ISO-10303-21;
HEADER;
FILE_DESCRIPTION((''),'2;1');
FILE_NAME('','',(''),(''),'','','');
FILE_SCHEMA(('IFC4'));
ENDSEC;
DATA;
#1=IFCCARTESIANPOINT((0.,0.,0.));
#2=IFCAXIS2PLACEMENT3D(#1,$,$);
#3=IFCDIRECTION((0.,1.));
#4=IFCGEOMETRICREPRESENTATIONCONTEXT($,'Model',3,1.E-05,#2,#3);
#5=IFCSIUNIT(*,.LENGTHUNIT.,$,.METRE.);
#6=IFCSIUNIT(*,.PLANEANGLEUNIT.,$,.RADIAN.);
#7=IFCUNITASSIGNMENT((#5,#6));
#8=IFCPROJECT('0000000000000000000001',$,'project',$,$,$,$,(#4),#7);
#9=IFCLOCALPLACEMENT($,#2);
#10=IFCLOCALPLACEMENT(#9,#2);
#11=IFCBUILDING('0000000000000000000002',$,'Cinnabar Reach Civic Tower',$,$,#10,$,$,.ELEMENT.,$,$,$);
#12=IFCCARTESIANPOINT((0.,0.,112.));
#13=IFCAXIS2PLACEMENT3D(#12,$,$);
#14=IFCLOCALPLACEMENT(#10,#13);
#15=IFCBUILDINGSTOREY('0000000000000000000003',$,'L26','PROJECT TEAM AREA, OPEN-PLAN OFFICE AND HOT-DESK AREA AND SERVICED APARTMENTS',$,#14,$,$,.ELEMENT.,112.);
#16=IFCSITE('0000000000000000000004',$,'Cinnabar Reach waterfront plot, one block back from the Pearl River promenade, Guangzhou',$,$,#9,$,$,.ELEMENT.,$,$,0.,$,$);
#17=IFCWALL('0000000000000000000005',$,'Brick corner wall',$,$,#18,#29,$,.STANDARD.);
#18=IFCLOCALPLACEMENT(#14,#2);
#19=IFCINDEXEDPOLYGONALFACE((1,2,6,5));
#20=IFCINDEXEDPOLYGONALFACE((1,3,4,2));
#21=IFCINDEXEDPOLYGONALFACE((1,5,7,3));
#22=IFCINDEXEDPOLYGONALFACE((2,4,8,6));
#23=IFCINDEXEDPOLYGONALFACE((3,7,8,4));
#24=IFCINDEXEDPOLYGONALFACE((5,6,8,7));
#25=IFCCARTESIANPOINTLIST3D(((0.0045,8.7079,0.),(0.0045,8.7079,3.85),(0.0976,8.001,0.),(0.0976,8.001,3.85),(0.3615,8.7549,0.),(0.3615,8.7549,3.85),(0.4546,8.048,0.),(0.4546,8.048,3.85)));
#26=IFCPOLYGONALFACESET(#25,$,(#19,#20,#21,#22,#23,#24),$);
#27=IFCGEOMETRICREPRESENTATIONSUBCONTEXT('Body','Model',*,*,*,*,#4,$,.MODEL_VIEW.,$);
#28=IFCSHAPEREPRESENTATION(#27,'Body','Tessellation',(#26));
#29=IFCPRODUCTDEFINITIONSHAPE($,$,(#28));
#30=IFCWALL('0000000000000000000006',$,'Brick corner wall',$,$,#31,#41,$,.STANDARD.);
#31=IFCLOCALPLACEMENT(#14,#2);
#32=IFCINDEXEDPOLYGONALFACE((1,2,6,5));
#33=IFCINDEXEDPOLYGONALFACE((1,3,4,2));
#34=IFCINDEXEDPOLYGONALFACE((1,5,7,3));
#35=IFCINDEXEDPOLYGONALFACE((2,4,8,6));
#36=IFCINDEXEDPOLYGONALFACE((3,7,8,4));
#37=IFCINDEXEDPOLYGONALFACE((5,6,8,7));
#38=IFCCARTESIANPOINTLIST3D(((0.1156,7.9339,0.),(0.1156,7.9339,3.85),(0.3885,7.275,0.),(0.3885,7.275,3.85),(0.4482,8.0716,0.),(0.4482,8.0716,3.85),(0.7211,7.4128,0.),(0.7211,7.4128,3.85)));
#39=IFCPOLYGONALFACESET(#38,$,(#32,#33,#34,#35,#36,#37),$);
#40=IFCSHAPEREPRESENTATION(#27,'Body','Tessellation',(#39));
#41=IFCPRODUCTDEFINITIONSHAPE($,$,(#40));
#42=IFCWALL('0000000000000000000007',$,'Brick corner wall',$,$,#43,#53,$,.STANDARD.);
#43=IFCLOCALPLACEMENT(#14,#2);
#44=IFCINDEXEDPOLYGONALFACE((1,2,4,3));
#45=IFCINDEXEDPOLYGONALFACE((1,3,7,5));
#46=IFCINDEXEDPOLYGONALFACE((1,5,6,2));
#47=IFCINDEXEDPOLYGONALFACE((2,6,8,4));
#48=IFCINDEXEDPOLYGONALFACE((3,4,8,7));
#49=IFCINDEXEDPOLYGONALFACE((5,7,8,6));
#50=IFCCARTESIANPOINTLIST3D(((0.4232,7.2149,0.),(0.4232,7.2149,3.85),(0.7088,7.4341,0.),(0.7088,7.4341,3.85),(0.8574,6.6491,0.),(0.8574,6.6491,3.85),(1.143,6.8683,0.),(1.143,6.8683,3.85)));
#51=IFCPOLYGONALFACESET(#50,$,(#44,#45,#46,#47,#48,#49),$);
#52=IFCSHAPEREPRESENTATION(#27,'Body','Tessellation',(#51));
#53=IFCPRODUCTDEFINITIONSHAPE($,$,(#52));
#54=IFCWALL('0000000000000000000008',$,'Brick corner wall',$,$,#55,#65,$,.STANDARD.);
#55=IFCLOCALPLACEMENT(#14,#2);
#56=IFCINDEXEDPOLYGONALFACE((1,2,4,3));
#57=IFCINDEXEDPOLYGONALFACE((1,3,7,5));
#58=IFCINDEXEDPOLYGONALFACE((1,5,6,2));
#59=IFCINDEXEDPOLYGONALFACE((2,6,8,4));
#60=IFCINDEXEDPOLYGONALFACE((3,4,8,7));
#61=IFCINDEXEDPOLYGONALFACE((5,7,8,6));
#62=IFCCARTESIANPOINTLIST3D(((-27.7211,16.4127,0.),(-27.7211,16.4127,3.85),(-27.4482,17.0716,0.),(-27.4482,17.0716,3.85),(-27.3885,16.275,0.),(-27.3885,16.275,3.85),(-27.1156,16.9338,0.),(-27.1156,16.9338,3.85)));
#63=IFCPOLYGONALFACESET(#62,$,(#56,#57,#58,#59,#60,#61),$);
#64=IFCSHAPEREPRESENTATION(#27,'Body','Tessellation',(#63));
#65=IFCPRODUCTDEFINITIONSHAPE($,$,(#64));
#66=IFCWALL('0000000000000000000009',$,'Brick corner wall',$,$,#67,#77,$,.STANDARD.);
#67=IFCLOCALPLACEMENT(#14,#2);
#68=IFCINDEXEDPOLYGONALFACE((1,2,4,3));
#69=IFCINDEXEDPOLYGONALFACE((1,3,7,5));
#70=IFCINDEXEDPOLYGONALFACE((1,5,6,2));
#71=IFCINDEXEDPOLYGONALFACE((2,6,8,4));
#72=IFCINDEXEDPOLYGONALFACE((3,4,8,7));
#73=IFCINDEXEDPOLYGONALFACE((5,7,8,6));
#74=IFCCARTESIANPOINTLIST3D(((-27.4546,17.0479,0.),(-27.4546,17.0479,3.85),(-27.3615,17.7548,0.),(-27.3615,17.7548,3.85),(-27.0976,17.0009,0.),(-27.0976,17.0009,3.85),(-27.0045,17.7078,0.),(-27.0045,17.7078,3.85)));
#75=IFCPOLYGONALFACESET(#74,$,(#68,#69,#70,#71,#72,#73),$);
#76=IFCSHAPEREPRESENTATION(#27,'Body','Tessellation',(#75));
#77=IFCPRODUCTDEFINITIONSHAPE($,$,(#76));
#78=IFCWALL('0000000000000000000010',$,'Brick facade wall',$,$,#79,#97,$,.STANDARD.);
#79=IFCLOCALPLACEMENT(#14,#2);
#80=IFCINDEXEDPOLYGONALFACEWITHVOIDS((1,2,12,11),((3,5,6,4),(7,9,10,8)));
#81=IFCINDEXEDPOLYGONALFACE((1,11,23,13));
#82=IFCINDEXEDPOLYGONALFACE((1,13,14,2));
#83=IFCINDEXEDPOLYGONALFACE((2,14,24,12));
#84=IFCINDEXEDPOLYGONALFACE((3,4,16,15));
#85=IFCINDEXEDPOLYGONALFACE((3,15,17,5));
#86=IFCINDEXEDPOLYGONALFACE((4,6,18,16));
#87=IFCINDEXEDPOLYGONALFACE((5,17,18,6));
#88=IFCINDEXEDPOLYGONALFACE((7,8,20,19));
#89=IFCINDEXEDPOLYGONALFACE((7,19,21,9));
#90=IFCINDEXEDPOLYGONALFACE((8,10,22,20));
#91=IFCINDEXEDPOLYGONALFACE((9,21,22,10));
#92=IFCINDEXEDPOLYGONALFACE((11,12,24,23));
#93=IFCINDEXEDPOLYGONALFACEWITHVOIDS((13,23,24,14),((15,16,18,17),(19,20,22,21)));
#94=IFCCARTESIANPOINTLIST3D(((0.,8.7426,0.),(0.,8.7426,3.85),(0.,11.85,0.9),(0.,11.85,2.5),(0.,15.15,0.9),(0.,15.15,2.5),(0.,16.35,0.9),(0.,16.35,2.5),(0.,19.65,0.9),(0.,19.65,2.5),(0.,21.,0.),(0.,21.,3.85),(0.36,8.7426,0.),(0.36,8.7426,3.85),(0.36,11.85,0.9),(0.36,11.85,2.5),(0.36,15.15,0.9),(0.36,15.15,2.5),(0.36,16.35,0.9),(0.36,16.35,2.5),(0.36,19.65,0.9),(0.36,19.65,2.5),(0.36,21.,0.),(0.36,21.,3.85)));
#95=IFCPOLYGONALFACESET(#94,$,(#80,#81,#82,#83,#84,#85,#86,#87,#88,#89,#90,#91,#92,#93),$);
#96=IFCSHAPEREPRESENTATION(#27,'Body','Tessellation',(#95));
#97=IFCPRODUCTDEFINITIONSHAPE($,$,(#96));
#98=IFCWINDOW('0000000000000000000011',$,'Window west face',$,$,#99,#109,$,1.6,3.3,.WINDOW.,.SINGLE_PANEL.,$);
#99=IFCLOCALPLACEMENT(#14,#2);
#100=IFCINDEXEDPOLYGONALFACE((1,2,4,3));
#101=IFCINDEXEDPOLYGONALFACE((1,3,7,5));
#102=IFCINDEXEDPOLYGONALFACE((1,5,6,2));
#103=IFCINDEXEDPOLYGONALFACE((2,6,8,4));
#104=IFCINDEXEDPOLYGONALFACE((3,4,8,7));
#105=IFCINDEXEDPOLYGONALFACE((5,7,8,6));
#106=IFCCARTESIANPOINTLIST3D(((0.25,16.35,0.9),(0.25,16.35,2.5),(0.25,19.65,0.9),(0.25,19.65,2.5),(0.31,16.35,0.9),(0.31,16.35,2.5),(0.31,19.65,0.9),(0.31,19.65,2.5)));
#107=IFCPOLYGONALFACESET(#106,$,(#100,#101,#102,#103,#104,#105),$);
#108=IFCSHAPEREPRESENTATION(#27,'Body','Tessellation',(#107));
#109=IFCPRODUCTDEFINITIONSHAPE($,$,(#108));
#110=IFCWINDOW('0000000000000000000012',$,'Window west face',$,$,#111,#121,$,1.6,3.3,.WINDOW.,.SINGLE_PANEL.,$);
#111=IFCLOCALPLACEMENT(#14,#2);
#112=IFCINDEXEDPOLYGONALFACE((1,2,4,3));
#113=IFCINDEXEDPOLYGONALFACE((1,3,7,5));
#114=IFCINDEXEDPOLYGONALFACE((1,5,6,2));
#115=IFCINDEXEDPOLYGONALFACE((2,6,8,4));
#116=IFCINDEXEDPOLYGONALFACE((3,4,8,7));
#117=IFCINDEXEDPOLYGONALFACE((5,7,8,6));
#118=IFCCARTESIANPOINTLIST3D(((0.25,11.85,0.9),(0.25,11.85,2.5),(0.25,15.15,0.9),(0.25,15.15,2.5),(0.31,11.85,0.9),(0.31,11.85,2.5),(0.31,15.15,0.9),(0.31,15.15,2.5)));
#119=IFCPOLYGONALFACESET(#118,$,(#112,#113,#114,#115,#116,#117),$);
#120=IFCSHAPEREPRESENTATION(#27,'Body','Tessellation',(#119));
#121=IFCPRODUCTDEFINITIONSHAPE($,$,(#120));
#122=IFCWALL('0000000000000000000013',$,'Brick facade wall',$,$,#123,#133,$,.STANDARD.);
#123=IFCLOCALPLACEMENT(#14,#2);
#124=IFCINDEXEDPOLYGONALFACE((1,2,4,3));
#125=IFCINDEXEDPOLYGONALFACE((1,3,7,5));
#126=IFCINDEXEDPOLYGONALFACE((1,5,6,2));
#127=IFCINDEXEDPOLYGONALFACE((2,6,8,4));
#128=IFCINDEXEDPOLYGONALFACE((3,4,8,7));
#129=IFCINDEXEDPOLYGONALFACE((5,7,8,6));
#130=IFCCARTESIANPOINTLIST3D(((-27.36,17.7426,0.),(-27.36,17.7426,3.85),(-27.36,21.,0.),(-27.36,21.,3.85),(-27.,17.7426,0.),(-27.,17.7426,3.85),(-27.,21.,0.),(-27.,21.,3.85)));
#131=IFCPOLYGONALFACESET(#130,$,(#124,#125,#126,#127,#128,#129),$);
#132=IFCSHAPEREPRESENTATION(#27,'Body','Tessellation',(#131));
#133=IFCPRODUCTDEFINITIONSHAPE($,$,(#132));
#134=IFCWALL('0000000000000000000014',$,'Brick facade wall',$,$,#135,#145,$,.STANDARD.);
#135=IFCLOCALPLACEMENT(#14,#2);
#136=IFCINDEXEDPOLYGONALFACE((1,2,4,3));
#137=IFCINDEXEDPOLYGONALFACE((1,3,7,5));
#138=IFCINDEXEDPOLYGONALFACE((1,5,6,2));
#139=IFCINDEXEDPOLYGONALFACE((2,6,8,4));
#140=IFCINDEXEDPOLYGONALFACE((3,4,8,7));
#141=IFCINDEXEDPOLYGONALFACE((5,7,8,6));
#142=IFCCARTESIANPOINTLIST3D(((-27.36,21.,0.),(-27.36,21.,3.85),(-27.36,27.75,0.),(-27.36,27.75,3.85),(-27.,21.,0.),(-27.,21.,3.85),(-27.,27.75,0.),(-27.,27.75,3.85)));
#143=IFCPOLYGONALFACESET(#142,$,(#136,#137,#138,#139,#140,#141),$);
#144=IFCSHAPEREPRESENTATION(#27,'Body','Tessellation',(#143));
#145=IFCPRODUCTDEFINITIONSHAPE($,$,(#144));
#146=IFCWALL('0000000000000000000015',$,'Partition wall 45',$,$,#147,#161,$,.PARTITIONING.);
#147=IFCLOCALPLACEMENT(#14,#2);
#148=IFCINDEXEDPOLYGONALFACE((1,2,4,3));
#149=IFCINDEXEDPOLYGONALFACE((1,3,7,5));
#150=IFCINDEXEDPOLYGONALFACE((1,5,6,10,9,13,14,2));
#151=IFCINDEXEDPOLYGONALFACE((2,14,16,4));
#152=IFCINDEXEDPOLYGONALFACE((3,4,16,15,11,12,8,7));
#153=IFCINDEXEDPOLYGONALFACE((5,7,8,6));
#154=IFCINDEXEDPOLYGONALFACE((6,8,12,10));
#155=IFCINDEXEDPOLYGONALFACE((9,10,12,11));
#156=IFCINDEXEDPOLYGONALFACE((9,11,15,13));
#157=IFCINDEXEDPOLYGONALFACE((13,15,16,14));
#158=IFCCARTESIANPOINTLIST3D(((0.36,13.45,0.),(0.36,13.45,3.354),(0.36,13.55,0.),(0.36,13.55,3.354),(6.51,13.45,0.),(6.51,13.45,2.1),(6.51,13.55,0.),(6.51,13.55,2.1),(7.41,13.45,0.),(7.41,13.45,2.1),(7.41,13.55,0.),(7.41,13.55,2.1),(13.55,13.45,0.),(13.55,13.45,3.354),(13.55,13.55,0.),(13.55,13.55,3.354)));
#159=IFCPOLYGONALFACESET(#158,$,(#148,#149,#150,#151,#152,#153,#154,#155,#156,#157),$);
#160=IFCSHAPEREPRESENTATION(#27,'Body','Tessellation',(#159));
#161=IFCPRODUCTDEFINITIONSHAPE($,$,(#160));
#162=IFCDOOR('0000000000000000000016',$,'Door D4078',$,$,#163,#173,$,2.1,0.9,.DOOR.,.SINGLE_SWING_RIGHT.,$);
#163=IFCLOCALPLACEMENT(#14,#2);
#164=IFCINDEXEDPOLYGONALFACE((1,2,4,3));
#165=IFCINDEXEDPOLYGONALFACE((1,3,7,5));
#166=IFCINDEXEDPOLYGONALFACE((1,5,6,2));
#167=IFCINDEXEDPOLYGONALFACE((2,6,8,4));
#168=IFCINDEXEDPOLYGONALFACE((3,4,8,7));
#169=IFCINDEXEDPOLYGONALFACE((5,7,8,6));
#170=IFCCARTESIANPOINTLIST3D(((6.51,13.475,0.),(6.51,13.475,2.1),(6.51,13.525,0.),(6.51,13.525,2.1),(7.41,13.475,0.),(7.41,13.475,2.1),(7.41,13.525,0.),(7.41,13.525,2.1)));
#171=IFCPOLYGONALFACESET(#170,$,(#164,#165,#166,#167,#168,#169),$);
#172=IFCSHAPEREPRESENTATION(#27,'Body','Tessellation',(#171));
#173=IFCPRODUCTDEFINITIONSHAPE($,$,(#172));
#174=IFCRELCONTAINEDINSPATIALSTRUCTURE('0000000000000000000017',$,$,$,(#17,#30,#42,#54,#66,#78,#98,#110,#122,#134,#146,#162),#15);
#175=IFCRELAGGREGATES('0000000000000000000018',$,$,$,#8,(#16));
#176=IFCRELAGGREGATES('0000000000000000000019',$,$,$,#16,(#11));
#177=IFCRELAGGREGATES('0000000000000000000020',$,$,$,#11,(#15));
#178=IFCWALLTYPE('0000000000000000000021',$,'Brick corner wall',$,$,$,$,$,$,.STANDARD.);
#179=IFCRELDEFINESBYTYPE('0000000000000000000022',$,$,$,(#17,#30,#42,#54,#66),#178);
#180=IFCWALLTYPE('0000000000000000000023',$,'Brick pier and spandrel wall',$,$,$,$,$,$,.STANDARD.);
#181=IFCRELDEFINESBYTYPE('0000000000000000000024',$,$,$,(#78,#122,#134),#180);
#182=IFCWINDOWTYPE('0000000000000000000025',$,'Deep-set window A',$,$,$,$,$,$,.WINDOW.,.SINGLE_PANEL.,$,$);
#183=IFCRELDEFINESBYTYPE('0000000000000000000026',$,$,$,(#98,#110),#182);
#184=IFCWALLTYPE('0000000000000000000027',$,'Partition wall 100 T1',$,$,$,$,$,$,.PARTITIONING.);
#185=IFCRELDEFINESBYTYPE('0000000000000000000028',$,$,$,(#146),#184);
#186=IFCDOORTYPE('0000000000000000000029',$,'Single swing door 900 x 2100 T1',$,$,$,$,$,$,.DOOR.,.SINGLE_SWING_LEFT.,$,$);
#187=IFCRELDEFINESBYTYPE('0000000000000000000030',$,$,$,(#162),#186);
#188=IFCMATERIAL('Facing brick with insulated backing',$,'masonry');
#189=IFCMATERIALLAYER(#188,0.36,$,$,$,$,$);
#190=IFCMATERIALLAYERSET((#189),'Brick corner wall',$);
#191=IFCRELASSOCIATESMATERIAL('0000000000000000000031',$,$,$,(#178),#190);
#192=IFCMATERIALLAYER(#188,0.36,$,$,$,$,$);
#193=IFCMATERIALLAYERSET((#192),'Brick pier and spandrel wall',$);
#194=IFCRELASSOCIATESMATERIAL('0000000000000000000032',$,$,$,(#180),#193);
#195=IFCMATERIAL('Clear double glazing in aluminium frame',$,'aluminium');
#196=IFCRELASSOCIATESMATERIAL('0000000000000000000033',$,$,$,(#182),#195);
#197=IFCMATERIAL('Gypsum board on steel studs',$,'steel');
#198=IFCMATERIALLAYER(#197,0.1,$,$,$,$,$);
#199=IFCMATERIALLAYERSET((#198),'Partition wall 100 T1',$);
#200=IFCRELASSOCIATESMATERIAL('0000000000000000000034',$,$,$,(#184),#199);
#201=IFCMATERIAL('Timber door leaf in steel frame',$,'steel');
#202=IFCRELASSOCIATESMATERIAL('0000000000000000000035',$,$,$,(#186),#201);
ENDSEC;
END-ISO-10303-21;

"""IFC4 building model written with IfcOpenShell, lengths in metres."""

from ifc_helpers import new_model, si_unit, direction, frame, frame_2d, origin, place, context, subcontext, project, spatial, rectangle, extrude, material, layer, layer_set, type_object, element, fill, save


model = new_model("IFC4")

# Units and contexts
model_context = context("Model", 3, precision=1e-05, world=origin(), true_north=direction((0.0, 1.0)))
body_context = subcontext(model_context, "Body", "Model", "MODEL_VIEW")
ifc_project = project(units=[si_unit("LENGTHUNIT", "METRE"), si_unit("PLANEANGLEUNIT", "RADIAN")], contexts=[model_context])

# Site, building, storey
site_placement = place(None, origin())
site = spatial("IfcSite", under=ifc_project, at=site_placement, Name="Cinnabar Reach waterfront plot, one block back from the Pearl River promenade, Guangzhou", CompositionType="ELEMENT", RefElevation=0.0)
building_placement = place(site_placement, origin())
building = spatial("IfcBuilding", under=site, at=building_placement, Name="Cinnabar Reach Civic Tower", CompositionType="ELEMENT")
storey_placement = place(building_placement, frame((0.0, 0.0, 112.0)))
storey = spatial("IfcBuildingStorey", under=building, at=storey_placement, Name="L26", Description="PROJECT TEAM AREA, OPEN-PLAN OFFICE AND HOT-DESK AREA AND SERVICED APARTMENTS", CompositionType="ELEMENT", Elevation=112.0)

# Walls
ifc_material_1 = material(Name="Facing brick with insulated backing", Category="masonry")
ifc_layer_1 = layer(ifc_material_1, 0.36)
ifc_layer_set_1 = layer_set([ifc_layer_1], Name="Brick corner wall")
wall_type_1 = type_object("IfcWallType", Name="Brick corner wall", PredefinedType="STANDARD", material=ifc_layer_set_1)
for number, where, z_axis, x_axis, name in (
    (1, (0.183, 8.7314, 0.0), (0.0, 0.0, 1.0), (0.130556, -0.991441, 0.0), "Brick corner wall"),
    (2, (0.2819, 8.0027, 0.0), (0.0, 0.0, 1.0), (0.382703, -0.923872, 0.0), "Brick corner wall"),
):
    element("IfcWall", number, at=place(storey_placement, frame(where, z_axis=z_axis, x_axis=x_axis)), inside=storey, type_object=wall_type_1, Name=name, PredefinedType="STANDARD", context=body_context, shape_type="SweptSolid", body=[
        extrude(rectangle(XDim=0.7131, YDim=0.36, at=frame_2d((0.3565, 0.0))), origin(), (0.0, 0.0, 1.0), 3.85),
    ])
wall_1_placement = place(storey_placement, frame((0.566, 7.3245, 0.0), z_axis=(0.0, 0.0, 1.0), x_axis=(0.608802, -0.793322, 0.0)))
element("IfcWall", 3, at=wall_1_placement, inside=storey, type_object=wall_type_1, Name="Brick corner wall", PredefinedType="STANDARD", context=body_context, shape_type="SweptSolid", body=[
    extrude(rectangle(XDim=0.7132, YDim=0.36, at=frame_2d((0.3566, 0.0))), origin(), (0.0, 0.0, 1.0), 3.85),
])
for number, where, z_axis, x_axis, name in (
    (4, (-27.5548, 16.3439, 0.0), (0.0, 0.0, 1.0), (0.382703, 0.923872, 0.0), "Brick corner wall"),
    (5, (-27.2761, 17.0244, 0.0), (0.0, 0.0, 1.0), (0.130556, 0.991441, 0.0), "Brick corner wall"),
):
    element("IfcWall", number, at=place(storey_placement, frame(where, z_axis=z_axis, x_axis=x_axis)), inside=storey, type_object=wall_type_1, Name=name, PredefinedType="STANDARD", context=body_context, shape_type="SweptSolid", body=[
        extrude(rectangle(XDim=0.7131, YDim=0.36, at=frame_2d((0.3565, 0.0))), origin(), (0.0, 0.0, 1.0), 3.85),
    ])

# Wall, openings, windows
ifc_layer_2 = layer(ifc_material_1, 0.36)
ifc_layer_set_2 = layer_set([ifc_layer_2], Name="Brick pier and spandrel wall")
wall_type_2 = type_object("IfcWallType", Name="Brick pier and spandrel wall", PredefinedType="STANDARD", material=ifc_layer_set_2)
wall_2_placement = place(storey_placement, frame((0.18, 21.0, 0.0), z_axis=(0.0, 0.0, 1.0), x_axis=(0.0, -1.0, 0.0)))
wall_2 = element("IfcWall", 6, at=wall_2_placement, inside=storey, type_object=wall_type_2, Name="Brick facade wall", PredefinedType="STANDARD", context=body_context, shape_type="SweptSolid", body=[
    extrude(rectangle(XDim=12.2574, YDim=0.36, at=frame_2d((6.1287, 0.0))), origin(), (0.0, 0.0, 1.0), 3.85),
])
opening_1_placement = place(wall_2_placement, frame((1.35, 0.0, 0.9)))
opening_1 = element("IfcOpeningElement", 7, at=opening_1_placement, cuts=wall_2, PredefinedType="OPENING", context=body_context, shape_type="SweptSolid", body=[
    extrude(rectangle(XDim=3.3, YDim=1.6, at=frame_2d((1.65, 0.8))), frame((0.0, 0.19, 0.0), z_axis=(0.0, -1.0, 0.0), x_axis=(1.0, 0.0, 0.0)), (0.0, 0.0, 1.0), 0.38),
])
opening_2_placement = place(wall_2_placement, frame((5.85, 0.0, 0.9)))
opening_2 = element("IfcOpeningElement", 8, at=opening_2_placement, cuts=wall_2, PredefinedType="OPENING", context=body_context, shape_type="SweptSolid", body=[
    extrude(rectangle(XDim=3.3, YDim=1.6, at=frame_2d((1.65, 0.8))), frame((0.0, 0.19, 0.0), z_axis=(0.0, -1.0, 0.0), x_axis=(1.0, 0.0, 0.0)), (0.0, 0.0, 1.0), 0.38),
])
ifc_material_2 = material(Name="Clear double glazing in aluminium frame", Category="aluminium")
window_type = type_object("IfcWindowType", Name="Deep-set window A", PartitioningType="SINGLE_PANEL", PredefinedType="WINDOW", material=ifc_material_2)
window_1_placement = place(opening_1_placement, origin())
window_1 = element("IfcWindow", 9, at=window_1_placement, inside=storey, type_object=window_type, Name="Window west face", OverallHeight=1.6, OverallWidth=3.3, PartitioningType="SINGLE_PANEL", PredefinedType="WINDOW", context=body_context, shape_type="SweptSolid", body=[
    extrude(rectangle(XDim=3.3, YDim=1.6, at=frame_2d((1.65, 0.8))), frame((0.0, 0.13, 0.0), z_axis=(0.0, -1.0, 0.0), x_axis=(1.0, 0.0, 0.0)), (0.0, 0.0, 1.0), 0.06),
])
fill(opening_1, window_1)
window_2_placement = place(opening_2_placement, origin())
window_2 = element("IfcWindow", 10, at=window_2_placement, inside=storey, type_object=window_type, Name="Window west face", OverallHeight=1.6, OverallWidth=3.3, PartitioningType="SINGLE_PANEL", PredefinedType="WINDOW", context=body_context, shape_type="SweptSolid", body=[
    extrude(rectangle(XDim=3.3, YDim=1.6, at=frame_2d((1.65, 0.8))), frame((0.0, 0.13, 0.0), z_axis=(0.0, -1.0, 0.0), x_axis=(1.0, 0.0, 0.0)), (0.0, 0.0, 1.0), 0.06),
])
fill(opening_2, window_2)

# Walls
wall_3_placement = place(storey_placement, frame((-27.18, 17.7426, 0.0), z_axis=(0.0, 0.0, 1.0), x_axis=(0.0, 1.0, 0.0)))
element("IfcWall", 11, at=wall_3_placement, inside=storey, type_object=wall_type_2, Name="Brick facade wall", PredefinedType="STANDARD", context=body_context, shape_type="SweptSolid", body=[
    extrude(rectangle(XDim=3.2574, YDim=0.36, at=frame_2d((1.6287, 0.0))), origin(), (0.0, 0.0, 1.0), 3.85),
])
wall_4_placement = place(storey_placement, frame((-27.18, 21.0, 0.0), z_axis=(0.0, 0.0, 1.0), x_axis=(0.0, 1.0, 0.0)))
element("IfcWall", 12, at=wall_4_placement, inside=storey, type_object=wall_type_2, Name="Brick facade wall", PredefinedType="STANDARD", context=body_context, shape_type="SweptSolid", body=[
    extrude(rectangle(XDim=6.75, YDim=0.36, at=frame_2d((3.375, 0.0))), origin(), (0.0, 0.0, 1.0), 3.85),
])

# Wall, opening, door
ifc_material_3 = material(Name="Gypsum board on steel studs", Category="steel")
ifc_layer_3 = layer(ifc_material_3, 0.1)
ifc_layer_set_3 = layer_set([ifc_layer_3], Name="Partition wall 100 T1")
wall_type_3 = type_object("IfcWallType", Name="Partition wall 100 T1", PredefinedType="PARTITIONING", material=ifc_layer_set_3)
wall_5_placement = place(storey_placement, frame((0.36, 13.5, 0.0), z_axis=(0.0, 0.0, 1.0), x_axis=(1.0, 0.0, 0.0)))
wall_5 = element("IfcWall", 13, at=wall_5_placement, inside=storey, type_object=wall_type_3, Name="Partition wall 45", PredefinedType="PARTITIONING", context=body_context, shape_type="SweptSolid", body=[
    extrude(rectangle(XDim=13.19, YDim=0.1, at=frame_2d((6.595, 0.0))), origin(), (0.0, 0.0, 1.0), 3.354),
])
opening_3_placement = place(wall_5_placement, frame((6.15, 0.0, 0.0)))
opening_3 = element("IfcOpeningElement", 14, at=opening_3_placement, cuts=wall_5, PredefinedType="OPENING", context=body_context, shape_type="SweptSolid", body=[
    extrude(rectangle(XDim=0.9, YDim=2.1, at=frame_2d((0.45, 1.05))), frame((0.0, 0.06, 0.0), z_axis=(0.0, -1.0, 0.0), x_axis=(1.0, 0.0, 0.0)), (0.0, 0.0, 1.0), 0.12),
])
ifc_material_4 = material(Name="Timber door leaf in steel frame", Category="steel")
door_type = type_object("IfcDoorType", Name="Single swing door 900 x 2100 T1", OperationType="SINGLE_SWING_LEFT", PredefinedType="DOOR", material=ifc_material_4)
door_placement = place(opening_3_placement, origin())
door = element("IfcDoor", 15, at=door_placement, inside=storey, type_object=door_type, Name="Door D4078", OperationType="SINGLE_SWING_RIGHT", OverallHeight=2.1, OverallWidth=0.9, PredefinedType="DOOR", context=body_context, shape_type="SweptSolid", body=[
    extrude(rectangle(XDim=0.9, YDim=2.1, at=frame_2d((0.45, 1.05))), frame((0.0, 0.025, 0.0), z_axis=(0.0, -1.0, 0.0), x_axis=(1.0, 0.0, 0.0)), (0.0, 0.0, 1.0), 0.05),
])
fill(opening_3, door)

save(model, "model.ifc")
